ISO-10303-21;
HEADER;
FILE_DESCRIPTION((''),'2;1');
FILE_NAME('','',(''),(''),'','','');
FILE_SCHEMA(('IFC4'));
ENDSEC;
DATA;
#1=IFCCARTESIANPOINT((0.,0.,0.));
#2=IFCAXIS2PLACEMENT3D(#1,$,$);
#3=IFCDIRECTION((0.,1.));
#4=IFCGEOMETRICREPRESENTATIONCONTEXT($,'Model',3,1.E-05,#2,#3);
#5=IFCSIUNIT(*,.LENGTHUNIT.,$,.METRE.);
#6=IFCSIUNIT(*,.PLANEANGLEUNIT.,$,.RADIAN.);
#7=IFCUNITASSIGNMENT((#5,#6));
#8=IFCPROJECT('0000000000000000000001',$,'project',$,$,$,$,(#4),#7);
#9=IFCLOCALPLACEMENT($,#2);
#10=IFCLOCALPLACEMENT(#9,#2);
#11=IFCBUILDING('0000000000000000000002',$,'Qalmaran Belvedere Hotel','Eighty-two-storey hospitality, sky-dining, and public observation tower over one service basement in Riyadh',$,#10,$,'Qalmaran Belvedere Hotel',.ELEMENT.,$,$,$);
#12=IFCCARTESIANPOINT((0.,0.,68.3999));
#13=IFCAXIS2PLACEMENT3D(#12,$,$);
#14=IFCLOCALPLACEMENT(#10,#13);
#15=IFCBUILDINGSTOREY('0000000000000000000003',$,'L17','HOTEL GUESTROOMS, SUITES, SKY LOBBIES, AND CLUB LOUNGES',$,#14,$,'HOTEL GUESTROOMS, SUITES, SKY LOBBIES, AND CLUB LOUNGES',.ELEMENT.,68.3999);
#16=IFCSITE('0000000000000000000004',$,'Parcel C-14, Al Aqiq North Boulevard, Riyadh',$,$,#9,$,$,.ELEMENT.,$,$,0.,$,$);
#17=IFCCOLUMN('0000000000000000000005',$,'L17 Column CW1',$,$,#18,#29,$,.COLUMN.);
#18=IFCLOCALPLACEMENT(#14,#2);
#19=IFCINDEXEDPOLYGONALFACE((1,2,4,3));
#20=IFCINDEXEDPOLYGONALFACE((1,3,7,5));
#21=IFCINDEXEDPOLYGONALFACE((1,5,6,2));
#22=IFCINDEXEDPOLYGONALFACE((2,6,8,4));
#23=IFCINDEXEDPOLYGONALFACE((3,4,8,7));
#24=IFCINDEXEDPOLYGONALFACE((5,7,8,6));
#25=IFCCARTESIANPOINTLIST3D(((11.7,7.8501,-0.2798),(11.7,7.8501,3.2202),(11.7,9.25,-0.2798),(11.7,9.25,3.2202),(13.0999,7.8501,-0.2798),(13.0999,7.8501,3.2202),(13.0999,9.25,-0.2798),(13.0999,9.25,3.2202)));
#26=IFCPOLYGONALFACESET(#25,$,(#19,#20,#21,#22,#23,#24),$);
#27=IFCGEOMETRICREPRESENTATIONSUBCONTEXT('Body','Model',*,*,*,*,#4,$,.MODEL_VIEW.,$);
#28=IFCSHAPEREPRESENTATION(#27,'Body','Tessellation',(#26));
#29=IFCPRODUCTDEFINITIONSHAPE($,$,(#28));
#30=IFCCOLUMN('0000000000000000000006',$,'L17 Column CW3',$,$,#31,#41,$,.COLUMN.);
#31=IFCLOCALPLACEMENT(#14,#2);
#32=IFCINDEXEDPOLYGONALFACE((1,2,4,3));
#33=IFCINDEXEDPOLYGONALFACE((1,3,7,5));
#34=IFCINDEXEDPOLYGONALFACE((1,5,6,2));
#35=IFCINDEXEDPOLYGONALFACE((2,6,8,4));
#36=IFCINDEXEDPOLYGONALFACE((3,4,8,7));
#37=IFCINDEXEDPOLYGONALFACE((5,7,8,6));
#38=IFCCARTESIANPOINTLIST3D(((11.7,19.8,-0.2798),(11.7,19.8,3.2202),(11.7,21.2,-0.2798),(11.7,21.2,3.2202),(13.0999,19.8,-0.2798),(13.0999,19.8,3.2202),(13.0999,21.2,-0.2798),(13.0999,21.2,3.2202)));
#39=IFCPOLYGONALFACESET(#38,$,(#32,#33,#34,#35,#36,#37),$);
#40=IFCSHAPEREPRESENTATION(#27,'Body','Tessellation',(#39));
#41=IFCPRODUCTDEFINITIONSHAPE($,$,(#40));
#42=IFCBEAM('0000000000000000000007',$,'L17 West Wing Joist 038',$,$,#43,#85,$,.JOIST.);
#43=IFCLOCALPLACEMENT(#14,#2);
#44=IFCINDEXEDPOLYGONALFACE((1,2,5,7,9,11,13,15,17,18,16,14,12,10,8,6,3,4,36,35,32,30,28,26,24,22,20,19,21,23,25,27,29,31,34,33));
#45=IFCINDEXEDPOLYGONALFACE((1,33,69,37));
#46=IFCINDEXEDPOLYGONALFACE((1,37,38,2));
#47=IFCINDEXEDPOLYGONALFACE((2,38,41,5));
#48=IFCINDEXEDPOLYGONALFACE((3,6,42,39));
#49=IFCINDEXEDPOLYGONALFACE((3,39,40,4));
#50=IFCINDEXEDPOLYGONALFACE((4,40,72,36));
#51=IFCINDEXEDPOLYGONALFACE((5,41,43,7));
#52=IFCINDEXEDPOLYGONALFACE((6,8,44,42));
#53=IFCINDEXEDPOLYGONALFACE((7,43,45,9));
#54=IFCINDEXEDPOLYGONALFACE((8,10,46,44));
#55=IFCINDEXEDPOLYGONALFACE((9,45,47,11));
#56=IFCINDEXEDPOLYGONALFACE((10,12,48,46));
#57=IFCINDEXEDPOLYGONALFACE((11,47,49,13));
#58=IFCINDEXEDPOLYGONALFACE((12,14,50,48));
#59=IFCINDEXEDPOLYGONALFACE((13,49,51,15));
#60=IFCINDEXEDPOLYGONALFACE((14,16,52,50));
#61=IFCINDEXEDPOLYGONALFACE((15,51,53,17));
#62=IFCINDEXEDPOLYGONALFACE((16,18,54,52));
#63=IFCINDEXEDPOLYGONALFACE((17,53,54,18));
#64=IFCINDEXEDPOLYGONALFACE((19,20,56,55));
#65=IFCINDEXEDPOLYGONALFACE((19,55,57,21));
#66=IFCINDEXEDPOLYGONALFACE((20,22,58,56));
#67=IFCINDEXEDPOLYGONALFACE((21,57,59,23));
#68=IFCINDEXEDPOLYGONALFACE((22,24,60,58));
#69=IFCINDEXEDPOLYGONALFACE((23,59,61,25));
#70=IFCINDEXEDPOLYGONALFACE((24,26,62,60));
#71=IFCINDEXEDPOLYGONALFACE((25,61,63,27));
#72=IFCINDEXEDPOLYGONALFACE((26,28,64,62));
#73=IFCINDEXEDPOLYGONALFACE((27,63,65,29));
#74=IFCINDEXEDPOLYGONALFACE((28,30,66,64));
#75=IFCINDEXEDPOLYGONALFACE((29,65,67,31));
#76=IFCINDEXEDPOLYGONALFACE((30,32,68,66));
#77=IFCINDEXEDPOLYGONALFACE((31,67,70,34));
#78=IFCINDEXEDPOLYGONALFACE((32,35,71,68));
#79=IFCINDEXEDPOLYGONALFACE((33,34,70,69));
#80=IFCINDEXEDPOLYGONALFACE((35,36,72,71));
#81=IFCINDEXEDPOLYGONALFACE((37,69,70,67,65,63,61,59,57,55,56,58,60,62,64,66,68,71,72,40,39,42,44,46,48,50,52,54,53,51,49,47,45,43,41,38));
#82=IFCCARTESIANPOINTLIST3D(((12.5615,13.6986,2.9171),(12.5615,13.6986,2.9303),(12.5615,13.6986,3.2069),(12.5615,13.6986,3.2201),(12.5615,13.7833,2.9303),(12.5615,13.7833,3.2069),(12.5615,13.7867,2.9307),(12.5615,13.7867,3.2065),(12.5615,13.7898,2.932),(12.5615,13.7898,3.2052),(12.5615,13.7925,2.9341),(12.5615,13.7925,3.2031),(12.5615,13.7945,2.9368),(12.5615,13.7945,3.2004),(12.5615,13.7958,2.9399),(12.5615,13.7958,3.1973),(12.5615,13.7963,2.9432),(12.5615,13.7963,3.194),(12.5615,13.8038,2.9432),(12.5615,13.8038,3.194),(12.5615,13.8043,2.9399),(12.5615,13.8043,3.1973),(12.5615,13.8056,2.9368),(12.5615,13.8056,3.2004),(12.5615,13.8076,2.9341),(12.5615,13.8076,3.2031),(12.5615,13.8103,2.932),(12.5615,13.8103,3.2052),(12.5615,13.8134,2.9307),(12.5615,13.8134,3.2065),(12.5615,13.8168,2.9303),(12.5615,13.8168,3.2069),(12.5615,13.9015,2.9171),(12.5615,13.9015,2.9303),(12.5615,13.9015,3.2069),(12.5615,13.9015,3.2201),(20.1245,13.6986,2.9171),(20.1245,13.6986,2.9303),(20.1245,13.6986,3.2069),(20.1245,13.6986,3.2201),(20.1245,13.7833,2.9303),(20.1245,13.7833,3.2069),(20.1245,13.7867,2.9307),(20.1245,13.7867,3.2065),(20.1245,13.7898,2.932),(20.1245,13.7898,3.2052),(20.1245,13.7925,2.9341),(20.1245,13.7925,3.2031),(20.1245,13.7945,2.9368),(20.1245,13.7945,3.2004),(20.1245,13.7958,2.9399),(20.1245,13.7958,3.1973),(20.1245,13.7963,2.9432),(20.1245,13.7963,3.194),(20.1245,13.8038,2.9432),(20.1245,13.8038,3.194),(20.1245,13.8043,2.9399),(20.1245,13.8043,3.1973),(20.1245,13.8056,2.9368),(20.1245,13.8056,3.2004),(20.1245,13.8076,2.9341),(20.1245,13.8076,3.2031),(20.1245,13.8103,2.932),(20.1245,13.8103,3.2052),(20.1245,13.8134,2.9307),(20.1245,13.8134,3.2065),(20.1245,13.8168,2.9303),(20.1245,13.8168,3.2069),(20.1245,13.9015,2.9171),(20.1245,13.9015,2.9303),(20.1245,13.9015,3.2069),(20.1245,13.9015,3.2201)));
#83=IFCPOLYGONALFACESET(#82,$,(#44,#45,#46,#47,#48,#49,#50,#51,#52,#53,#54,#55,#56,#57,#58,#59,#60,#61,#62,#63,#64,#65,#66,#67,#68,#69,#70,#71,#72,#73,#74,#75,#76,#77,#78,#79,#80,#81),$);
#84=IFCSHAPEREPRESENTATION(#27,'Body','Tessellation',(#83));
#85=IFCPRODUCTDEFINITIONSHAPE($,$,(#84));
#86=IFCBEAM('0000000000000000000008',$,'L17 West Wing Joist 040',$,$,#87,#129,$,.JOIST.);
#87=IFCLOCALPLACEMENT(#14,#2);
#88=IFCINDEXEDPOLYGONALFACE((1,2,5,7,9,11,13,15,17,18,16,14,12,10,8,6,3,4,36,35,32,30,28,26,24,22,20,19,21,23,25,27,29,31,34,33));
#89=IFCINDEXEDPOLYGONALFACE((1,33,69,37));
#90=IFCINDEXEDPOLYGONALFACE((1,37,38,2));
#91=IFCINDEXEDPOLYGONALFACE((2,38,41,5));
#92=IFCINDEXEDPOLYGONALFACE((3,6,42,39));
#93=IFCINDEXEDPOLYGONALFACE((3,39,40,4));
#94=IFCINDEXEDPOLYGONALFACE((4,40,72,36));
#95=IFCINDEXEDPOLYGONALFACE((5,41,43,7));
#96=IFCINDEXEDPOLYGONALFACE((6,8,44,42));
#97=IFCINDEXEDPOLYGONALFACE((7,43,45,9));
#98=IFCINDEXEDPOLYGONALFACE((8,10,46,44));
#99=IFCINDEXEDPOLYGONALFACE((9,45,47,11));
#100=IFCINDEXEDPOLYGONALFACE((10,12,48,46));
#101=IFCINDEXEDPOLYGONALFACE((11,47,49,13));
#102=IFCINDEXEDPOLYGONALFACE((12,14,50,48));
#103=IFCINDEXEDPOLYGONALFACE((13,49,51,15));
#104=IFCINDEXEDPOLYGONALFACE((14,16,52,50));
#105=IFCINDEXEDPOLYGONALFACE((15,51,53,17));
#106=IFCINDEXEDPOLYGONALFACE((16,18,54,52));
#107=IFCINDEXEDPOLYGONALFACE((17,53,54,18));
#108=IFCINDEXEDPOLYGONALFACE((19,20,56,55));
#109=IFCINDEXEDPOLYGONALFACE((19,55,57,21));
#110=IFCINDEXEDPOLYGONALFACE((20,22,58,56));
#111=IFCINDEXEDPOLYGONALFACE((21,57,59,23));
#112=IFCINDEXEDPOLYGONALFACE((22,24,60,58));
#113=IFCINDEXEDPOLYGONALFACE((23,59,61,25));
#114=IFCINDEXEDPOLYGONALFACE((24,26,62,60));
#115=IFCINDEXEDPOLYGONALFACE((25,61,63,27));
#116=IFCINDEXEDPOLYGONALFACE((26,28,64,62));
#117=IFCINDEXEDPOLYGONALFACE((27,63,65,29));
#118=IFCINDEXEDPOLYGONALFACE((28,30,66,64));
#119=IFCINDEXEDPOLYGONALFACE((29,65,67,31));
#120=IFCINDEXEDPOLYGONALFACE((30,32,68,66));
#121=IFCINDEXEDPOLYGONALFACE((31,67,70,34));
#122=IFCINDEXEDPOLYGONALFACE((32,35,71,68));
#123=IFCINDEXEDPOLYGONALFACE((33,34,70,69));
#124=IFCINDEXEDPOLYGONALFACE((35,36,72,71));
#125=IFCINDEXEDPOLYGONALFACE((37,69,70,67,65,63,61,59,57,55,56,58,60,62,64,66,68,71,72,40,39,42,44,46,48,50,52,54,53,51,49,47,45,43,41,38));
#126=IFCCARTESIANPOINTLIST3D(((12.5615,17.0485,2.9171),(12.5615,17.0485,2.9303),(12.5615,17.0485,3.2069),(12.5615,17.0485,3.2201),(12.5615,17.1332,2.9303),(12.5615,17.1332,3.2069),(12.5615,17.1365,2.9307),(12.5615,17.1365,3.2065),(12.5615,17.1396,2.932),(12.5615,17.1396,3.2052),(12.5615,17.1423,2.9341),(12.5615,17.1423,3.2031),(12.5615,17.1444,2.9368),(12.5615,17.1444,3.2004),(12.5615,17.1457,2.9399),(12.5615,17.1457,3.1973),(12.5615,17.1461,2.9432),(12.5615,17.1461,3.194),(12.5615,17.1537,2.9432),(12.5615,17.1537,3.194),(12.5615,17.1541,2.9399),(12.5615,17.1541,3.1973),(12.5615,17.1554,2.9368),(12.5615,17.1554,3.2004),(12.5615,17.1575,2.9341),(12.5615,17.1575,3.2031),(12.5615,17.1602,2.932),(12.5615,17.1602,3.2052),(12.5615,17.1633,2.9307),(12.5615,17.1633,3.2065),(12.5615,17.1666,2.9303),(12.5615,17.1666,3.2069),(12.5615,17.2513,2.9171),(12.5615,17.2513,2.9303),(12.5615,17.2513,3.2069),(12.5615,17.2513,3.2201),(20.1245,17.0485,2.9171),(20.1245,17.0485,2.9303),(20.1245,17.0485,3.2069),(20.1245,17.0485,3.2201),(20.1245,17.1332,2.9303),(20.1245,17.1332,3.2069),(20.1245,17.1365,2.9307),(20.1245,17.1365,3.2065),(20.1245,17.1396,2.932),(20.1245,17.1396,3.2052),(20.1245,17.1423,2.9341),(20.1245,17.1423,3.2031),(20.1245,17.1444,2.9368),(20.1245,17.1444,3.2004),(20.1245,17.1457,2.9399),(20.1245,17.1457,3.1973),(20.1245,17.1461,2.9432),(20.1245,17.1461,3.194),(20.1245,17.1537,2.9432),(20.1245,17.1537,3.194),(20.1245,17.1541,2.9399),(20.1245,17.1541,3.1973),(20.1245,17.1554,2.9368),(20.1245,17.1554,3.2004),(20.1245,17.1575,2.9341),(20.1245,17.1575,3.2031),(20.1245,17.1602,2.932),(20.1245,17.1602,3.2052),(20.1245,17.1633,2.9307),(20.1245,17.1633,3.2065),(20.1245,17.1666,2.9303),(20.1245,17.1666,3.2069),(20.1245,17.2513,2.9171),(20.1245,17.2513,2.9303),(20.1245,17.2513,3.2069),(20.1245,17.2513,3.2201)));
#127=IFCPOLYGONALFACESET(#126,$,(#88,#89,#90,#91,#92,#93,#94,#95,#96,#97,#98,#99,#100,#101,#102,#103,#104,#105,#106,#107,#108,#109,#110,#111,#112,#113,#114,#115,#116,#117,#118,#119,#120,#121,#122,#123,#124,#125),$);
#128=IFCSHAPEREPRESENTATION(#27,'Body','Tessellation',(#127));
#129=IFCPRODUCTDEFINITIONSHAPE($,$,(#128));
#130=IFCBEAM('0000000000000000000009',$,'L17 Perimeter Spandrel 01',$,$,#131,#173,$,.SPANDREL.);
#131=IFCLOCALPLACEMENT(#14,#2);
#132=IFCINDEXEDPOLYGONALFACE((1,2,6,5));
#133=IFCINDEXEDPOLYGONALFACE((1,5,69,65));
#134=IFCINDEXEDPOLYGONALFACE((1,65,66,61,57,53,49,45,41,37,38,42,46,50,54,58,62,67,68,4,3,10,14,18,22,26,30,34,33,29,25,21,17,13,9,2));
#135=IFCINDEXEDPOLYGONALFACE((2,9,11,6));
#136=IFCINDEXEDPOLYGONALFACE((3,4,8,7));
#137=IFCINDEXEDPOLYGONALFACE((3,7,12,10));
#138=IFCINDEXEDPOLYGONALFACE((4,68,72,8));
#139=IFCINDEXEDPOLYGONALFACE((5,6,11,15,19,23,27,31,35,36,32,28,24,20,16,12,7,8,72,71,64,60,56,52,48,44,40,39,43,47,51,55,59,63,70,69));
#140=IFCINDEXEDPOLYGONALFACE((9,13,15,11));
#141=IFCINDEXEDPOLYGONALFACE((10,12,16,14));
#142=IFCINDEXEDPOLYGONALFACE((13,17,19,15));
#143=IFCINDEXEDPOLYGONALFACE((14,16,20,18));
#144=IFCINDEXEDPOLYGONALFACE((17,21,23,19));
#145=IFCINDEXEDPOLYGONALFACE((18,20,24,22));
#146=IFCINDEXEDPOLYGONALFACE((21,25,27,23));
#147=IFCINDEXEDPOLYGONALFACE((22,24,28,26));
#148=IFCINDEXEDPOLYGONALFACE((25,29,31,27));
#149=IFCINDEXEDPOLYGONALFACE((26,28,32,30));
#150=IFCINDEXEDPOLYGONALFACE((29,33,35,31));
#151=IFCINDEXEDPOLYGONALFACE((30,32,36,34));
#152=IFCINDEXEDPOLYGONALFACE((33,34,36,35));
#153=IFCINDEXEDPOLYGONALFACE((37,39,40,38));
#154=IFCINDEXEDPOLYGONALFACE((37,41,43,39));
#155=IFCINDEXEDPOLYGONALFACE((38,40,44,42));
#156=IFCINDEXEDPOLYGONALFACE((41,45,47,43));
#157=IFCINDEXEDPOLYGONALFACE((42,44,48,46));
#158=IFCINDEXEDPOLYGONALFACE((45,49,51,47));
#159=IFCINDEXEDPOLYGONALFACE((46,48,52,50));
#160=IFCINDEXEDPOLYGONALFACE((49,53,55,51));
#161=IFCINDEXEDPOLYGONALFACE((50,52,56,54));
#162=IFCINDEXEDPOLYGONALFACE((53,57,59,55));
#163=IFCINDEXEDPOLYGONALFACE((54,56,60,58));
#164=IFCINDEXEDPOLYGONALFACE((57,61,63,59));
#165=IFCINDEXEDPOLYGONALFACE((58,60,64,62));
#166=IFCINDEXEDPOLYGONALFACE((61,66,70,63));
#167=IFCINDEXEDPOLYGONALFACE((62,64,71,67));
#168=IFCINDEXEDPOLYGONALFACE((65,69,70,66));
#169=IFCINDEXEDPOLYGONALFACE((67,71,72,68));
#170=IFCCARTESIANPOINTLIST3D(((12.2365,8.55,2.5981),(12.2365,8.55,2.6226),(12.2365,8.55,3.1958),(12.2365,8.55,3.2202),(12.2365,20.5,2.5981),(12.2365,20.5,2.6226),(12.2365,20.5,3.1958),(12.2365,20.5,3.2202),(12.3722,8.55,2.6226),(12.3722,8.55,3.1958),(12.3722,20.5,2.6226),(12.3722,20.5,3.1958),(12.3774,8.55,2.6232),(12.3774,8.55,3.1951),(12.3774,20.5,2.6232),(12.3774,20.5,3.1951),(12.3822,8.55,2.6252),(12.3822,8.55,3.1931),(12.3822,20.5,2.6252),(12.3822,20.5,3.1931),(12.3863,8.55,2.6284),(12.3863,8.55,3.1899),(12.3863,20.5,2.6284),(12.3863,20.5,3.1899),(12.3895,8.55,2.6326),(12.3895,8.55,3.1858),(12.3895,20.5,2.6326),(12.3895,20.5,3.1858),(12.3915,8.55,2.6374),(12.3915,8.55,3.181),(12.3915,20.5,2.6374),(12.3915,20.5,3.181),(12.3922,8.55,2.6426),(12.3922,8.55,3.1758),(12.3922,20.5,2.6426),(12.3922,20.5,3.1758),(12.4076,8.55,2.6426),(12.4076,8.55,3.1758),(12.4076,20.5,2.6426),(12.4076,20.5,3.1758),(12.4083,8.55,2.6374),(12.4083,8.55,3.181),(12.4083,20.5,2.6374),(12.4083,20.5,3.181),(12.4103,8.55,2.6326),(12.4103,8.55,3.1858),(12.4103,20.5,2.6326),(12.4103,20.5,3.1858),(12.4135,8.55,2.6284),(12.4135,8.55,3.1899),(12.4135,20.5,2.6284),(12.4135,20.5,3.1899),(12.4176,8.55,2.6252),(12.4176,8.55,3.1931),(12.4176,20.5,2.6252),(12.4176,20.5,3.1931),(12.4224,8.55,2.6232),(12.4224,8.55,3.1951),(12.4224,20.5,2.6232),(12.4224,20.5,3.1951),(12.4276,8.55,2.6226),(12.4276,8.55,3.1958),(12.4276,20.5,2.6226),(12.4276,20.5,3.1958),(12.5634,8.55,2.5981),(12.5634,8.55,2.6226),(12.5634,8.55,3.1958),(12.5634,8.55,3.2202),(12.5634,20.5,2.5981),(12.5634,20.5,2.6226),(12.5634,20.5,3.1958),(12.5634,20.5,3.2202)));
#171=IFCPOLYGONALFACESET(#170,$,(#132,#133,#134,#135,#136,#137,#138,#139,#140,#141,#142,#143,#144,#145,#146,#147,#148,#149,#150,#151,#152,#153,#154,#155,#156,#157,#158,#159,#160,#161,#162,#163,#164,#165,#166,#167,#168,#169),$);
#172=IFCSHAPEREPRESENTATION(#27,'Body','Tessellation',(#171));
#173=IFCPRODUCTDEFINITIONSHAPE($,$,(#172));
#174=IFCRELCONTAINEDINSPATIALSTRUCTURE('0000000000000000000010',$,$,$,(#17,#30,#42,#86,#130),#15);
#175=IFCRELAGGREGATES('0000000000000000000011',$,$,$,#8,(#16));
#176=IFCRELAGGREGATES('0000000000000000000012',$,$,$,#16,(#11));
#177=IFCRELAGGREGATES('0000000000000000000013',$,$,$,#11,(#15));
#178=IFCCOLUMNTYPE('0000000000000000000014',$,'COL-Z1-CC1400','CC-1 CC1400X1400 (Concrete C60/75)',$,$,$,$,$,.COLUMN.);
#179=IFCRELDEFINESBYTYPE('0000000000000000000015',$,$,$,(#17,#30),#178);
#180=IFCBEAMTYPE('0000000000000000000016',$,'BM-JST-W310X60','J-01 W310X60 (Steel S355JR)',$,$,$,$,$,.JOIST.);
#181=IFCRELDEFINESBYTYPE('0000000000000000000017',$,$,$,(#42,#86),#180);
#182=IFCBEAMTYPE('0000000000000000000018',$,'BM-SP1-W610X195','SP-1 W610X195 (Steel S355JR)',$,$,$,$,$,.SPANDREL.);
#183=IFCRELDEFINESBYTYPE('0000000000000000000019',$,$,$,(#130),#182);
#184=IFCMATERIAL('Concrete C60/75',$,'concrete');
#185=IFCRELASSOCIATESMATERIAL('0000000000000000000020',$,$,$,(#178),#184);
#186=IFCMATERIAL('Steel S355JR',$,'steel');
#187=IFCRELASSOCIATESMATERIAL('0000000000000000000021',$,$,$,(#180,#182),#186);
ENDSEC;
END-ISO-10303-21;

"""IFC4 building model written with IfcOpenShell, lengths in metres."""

from ifc_helpers import new_model, si_unit, direction, frame, origin, origin_2d, place, context, subcontext, project, spatial, rectangle, i_section, extrude, material, material_profile, profile_set, type_object, element, save


model = new_model("IFC4")

# Units and contexts
model_context = context("Model", 3, precision=1e-05, world=origin(), true_north=direction((0.0, 1.0)))
body_context = subcontext(model_context, "Body", "Model", "MODEL_VIEW")
ifc_project = project(units=[si_unit("LENGTHUNIT", "METRE"), si_unit("PLANEANGLEUNIT", "RADIAN")], contexts=[model_context])

# Site, building, storey
site_placement = place(None, origin())
site = spatial("IfcSite", under=ifc_project, at=site_placement, Name="Parcel C-14, Al Aqiq North Boulevard, Riyadh", CompositionType="ELEMENT", RefElevation=0.0)
building_placement = place(site_placement, origin())
building = spatial("IfcBuilding", under=site, at=building_placement, Name="Qalmaran Belvedere Hotel", Description="Eighty-two-storey hospitality, sky-dining, and public observation tower over one service basement in Riyadh", LongName="Qalmaran Belvedere Hotel", CompositionType="ELEMENT")
storey_placement = place(building_placement, frame((0.0, 0.0, 68.3999)))
storey = spatial("IfcBuildingStorey", under=building, at=storey_placement, Name="L17", Description="HOTEL GUESTROOMS, SUITES, SKY LOBBIES, AND CLUB LOUNGES", LongName="HOTEL GUESTROOMS, SUITES, SKY LOBBIES, AND CLUB LOUNGES", CompositionType="ELEMENT", Elevation=68.3999)

# Columns
ifc_material_1 = material(Name="Concrete C60/75", Category="concrete")
ifc_material_profile_1 = material_profile(ifc_material_1, rectangle(XDim=1.3999, YDim=1.3999, at=origin_2d()), Name="CC1400X1400")
ifc_profile_set_1 = profile_set([ifc_material_profile_1], Name="Concrete C60/75")
column_type = type_object("IfcColumnType", Name="COL-Z1-CC1400", Description="CC-1 CC1400X1400 (Concrete C60/75)", PredefinedType="COLUMN", material=ifc_profile_set_1)
for number, where, z_axis, x_axis, name in (
    (1, (12.3999, 8.55, -0.2798), (0.0, 0.0, 1.0), (1.0, 0.0, 0.0), "L17 Column CW1"),
    (2, (12.3999, 20.5, -0.2798), (0.0, 0.0, 1.0), (1.0, 0.0, 0.0), "L17 Column CW3"),
):
    element("IfcColumn", number, at=place(storey_placement, frame(where, z_axis=z_axis, x_axis=x_axis)), inside=storey, type_object=column_type, Name=name, PredefinedType="COLUMN", context=body_context, shape_type="SweptSolid", body=[
        extrude(rectangle(XDim=1.3999, YDim=1.3999, at=origin_2d()), origin(), (0.0, 0.0, 1.0), 3.5),
    ])

# Beams
ifc_material_2 = material(Name="Steel S355JR", Category="steel")
ifc_material_profile_2 = material_profile(ifc_material_2, i_section(OverallWidth=0.2029, OverallDepth=0.303, WebThickness=0.0076, FlangeThickness=0.0132, FilletRadius=0.0129, at=origin_2d()), Name="W310X60")
ifc_profile_set_2 = profile_set([ifc_material_profile_2], Name="Steel S355JR")
beam_type_1 = type_object("IfcBeamType", Name="BM-JST-W310X60", Description="J-01 W310X60 (Steel S355JR)", PredefinedType="JOIST", material=ifc_profile_set_2)
for number, where, z_axis, x_axis, name in (
    (3, (12.5615, 13.8, 3.0686), (1.0, 0.0, 0.0), (0.0, 1.0, 0.0), "L17 West Wing Joist 038"),
    (4, (12.5615, 17.1499, 3.0686), (1.0, 0.0, 0.0), (0.0, 1.0, 0.0), "L17 West Wing Joist 040"),
):
    element("IfcBeam", number, at=place(storey_placement, frame(where, z_axis=z_axis, x_axis=x_axis)), inside=storey, type_object=beam_type_1, Name=name, PredefinedType="JOIST", context=body_context, shape_type="SweptSolid", body=[
        extrude(i_section(OverallWidth=0.2029, OverallDepth=0.303, WebThickness=0.0076, FlangeThickness=0.0132, FilletRadius=0.0129, at=origin_2d()), origin(), (0.0, 0.0, 1.0), 7.563),
    ])
ifc_material_profile_3 = material_profile(ifc_material_2, i_section(OverallWidth=0.3269, OverallDepth=0.6221, WebThickness=0.0154, FlangeThickness=0.0244, FilletRadius=0.02, at=origin_2d()), Name="W610X195")
ifc_profile_set_3 = profile_set([ifc_material_profile_3], Name="Steel S355JR")
beam_type_2 = type_object("IfcBeamType", Name="BM-SP1-W610X195", Description="SP-1 W610X195 (Steel S355JR)", PredefinedType="SPANDREL", material=ifc_profile_set_3)
beam_1_placement = place(storey_placement, frame((12.3999, 8.55, 2.9092), z_axis=(0.0, 1.0, 0.0), x_axis=(-1.0, 0.0, 0.0)))
element("IfcBeam", 5, at=beam_1_placement, inside=storey, type_object=beam_type_2, Name="L17 Perimeter Spandrel 01", PredefinedType="SPANDREL", context=body_context, shape_type="SweptSolid", body=[
    extrude(i_section(OverallWidth=0.3269, OverallDepth=0.6221, WebThickness=0.0154, FlangeThickness=0.0244, FilletRadius=0.02, at=origin_2d()), origin(), (0.0, 0.0, 1.0), 11.95),
])

save(model, "model.ifc")
